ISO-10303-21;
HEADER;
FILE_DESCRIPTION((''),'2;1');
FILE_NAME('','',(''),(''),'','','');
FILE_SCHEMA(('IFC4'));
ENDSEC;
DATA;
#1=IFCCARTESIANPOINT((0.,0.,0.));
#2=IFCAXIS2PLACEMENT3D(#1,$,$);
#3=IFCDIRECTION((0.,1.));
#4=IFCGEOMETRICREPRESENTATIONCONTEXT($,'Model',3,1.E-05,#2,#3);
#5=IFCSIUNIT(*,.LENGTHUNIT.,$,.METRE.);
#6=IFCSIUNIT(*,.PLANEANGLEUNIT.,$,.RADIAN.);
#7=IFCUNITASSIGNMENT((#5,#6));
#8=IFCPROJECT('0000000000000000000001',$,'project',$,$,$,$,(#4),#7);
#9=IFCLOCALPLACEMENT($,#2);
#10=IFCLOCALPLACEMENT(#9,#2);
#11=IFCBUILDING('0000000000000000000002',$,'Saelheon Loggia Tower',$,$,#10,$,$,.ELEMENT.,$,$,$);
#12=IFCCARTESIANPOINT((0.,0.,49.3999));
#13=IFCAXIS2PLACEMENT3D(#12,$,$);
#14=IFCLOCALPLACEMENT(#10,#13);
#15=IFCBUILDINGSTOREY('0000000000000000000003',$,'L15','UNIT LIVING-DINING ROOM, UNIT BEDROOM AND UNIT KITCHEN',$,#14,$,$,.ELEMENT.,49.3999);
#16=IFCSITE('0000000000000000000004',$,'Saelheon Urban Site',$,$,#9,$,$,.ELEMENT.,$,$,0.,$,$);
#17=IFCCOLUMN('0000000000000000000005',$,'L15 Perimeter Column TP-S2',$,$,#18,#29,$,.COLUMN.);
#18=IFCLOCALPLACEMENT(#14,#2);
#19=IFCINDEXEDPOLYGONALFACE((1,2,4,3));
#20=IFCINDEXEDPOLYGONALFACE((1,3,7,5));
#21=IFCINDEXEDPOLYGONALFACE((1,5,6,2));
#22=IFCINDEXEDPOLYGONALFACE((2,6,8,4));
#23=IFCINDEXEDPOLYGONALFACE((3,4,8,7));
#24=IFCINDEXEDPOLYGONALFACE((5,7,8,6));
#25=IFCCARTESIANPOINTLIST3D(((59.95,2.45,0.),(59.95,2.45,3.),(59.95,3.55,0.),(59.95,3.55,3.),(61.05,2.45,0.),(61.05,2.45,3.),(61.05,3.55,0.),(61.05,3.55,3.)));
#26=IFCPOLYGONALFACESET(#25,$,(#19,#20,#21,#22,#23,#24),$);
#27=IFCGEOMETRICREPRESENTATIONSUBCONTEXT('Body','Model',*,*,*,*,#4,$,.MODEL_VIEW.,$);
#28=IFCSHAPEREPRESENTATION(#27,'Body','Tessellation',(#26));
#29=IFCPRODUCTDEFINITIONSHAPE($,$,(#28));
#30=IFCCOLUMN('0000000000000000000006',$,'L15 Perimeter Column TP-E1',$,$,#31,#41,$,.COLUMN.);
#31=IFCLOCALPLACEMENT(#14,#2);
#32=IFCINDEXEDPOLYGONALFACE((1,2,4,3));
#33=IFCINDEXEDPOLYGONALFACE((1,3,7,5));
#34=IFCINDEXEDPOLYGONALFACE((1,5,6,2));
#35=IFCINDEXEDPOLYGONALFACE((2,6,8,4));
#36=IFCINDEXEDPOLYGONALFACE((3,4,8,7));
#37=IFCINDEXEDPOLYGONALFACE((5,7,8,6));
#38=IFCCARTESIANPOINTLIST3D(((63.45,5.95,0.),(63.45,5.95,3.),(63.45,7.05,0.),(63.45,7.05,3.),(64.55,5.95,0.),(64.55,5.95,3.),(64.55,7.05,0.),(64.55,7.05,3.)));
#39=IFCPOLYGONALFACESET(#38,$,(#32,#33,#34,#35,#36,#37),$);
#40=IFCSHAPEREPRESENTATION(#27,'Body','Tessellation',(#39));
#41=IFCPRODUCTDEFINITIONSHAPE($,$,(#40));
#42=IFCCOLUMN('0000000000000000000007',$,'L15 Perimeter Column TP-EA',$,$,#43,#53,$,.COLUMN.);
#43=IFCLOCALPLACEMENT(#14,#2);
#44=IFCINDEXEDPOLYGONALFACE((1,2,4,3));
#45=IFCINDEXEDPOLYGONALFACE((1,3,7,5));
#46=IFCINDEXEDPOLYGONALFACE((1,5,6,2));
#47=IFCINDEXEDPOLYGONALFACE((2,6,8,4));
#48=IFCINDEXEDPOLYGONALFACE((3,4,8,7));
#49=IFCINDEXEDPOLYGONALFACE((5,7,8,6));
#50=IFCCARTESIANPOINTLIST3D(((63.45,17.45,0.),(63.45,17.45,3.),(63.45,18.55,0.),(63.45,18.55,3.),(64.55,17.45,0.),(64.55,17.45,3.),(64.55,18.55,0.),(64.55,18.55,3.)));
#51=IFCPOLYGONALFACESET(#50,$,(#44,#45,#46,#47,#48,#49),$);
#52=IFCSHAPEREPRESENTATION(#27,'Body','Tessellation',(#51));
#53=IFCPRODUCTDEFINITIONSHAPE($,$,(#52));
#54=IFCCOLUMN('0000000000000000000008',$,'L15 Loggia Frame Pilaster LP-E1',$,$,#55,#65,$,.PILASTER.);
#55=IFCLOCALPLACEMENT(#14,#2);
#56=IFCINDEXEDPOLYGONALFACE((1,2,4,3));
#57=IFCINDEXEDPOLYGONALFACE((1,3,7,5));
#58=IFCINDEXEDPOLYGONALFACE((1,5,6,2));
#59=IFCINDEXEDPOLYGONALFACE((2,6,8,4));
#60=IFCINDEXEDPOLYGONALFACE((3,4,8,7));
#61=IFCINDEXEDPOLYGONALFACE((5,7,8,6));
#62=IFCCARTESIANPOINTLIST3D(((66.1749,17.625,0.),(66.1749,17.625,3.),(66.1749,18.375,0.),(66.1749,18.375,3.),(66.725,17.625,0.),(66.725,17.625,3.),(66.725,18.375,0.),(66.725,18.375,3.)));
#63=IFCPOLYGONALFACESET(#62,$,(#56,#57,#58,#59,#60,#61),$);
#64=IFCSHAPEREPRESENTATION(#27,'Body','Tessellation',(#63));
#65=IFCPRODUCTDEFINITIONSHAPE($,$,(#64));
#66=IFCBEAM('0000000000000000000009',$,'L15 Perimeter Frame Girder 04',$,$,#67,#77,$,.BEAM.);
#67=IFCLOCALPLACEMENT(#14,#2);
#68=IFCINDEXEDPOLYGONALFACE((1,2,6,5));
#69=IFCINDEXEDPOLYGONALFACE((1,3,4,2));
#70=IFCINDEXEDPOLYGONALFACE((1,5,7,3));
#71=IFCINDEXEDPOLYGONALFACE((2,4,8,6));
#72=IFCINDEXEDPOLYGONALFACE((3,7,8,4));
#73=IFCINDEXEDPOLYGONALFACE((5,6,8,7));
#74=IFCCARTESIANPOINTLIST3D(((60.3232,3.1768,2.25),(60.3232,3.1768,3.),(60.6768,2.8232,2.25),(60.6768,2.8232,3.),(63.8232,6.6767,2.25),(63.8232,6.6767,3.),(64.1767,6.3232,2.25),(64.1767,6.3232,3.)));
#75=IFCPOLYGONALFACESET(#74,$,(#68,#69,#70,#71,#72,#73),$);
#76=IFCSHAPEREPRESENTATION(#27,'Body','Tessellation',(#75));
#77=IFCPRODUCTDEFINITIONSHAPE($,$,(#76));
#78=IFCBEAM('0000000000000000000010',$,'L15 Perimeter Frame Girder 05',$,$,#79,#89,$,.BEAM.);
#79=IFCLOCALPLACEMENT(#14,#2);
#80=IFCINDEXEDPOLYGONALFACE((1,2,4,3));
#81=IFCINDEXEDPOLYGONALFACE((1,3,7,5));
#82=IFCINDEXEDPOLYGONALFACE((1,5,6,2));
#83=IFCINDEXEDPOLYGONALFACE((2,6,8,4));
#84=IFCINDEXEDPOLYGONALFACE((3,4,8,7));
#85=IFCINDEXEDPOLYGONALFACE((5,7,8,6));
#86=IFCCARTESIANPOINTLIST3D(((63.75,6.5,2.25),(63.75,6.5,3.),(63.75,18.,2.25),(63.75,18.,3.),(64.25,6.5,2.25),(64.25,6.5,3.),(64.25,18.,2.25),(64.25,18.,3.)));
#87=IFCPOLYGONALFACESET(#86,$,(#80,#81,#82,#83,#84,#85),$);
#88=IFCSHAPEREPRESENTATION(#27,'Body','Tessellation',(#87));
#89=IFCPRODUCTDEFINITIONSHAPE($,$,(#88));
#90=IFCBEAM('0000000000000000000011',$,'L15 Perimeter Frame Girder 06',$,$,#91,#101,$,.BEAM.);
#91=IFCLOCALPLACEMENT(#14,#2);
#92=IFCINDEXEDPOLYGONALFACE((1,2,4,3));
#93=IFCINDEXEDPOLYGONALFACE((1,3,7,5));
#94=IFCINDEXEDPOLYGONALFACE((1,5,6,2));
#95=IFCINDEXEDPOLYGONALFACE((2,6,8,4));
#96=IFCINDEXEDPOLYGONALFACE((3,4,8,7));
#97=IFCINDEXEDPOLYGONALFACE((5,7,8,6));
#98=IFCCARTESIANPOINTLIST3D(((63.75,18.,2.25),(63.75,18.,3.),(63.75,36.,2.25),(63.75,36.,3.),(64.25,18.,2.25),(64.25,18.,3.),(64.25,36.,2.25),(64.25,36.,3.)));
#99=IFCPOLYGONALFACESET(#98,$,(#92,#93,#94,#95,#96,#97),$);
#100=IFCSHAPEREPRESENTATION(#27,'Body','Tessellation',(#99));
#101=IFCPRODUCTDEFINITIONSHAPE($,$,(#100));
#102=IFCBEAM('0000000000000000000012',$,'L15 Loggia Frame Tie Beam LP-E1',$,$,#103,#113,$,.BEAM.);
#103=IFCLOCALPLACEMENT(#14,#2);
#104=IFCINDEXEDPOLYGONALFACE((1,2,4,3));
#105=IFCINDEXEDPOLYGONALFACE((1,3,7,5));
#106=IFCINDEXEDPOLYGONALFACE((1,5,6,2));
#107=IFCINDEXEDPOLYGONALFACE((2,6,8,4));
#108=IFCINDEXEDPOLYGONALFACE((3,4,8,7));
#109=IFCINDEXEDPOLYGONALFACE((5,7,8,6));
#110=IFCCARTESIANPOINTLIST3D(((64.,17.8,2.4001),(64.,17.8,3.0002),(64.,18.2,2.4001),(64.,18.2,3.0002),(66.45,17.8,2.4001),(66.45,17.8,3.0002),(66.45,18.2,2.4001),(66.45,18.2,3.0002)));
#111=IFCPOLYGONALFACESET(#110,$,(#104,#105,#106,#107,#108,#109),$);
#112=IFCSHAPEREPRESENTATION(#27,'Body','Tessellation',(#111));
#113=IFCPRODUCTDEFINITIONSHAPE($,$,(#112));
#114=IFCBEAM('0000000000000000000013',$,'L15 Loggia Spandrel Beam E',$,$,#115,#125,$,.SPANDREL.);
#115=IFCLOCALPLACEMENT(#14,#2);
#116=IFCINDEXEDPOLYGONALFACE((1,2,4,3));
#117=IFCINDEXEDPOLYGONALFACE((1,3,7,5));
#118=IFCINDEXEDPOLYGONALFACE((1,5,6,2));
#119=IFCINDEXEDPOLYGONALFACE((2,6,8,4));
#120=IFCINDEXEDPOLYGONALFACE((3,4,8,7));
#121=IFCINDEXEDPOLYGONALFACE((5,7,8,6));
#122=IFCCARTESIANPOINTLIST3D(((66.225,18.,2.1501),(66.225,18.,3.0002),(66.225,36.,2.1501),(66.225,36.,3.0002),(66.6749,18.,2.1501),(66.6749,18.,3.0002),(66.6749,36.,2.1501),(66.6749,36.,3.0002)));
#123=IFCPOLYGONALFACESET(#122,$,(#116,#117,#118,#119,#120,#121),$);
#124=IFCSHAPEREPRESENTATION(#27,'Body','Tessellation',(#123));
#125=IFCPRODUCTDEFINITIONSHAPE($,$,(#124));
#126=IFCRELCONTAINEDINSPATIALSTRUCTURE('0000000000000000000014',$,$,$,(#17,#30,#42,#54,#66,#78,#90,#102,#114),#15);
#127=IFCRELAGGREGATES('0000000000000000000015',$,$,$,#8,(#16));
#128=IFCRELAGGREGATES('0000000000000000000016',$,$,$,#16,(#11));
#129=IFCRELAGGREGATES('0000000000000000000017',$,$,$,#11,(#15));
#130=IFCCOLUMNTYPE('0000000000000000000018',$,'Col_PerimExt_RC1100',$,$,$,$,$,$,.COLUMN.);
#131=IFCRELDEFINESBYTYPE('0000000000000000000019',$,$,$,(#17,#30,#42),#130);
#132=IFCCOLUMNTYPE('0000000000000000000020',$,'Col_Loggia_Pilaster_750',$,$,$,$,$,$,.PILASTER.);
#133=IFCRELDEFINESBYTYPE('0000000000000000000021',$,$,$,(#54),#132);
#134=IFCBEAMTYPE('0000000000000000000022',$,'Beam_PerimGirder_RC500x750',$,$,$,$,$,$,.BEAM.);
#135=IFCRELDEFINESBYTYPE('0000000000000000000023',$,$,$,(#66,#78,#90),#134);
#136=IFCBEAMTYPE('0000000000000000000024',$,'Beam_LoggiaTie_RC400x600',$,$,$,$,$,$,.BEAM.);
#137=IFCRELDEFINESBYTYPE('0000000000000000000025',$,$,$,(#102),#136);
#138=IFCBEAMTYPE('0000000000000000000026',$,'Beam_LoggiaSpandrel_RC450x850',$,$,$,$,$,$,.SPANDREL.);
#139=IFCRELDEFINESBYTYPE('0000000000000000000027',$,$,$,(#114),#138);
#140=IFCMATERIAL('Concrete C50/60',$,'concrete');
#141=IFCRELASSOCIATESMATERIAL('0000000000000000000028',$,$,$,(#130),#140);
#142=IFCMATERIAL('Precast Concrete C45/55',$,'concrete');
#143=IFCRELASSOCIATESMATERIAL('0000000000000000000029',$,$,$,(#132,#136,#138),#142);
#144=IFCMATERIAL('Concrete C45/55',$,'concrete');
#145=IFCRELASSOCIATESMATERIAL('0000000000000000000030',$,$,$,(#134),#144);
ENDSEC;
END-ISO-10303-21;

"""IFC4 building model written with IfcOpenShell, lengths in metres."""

from ifc_helpers import new_model, si_unit, direction, frame, origin, origin_2d, place, context, subcontext, project, spatial, rectangle, extrude, source, transform, mapped, material, material_profile, profile_set, type_object, element, save


model = new_model("IFC4")

# Units and contexts
model_context = context("Model", 3, precision=1e-05, world=origin(), true_north=direction((0.0, 1.0)))
body_context = subcontext(model_context, "Body", "Model", "MODEL_VIEW")
ifc_project = project(units=[si_unit("LENGTHUNIT", "METRE"), si_unit("PLANEANGLEUNIT", "RADIAN")], contexts=[model_context])

# Site, building, storey
site_placement = place(None, origin())
site = spatial("IfcSite", under=ifc_project, at=site_placement, Name="Saelheon Urban Site", CompositionType="ELEMENT", RefElevation=0.0)
building_placement = place(site_placement, origin())
building = spatial("IfcBuilding", under=site, at=building_placement, Name="Saelheon Loggia Tower", CompositionType="ELEMENT")
storey_placement = place(building_placement, frame((0.0, 0.0, 49.3999)))
storey = spatial("IfcBuildingStorey", under=building, at=storey_placement, Name="L15", Description="UNIT LIVING-DINING ROOM, UNIT BEDROOM AND UNIT KITCHEN", CompositionType="ELEMENT", Elevation=49.3999)

# Columns
ifc_material_1 = material(Name="Concrete C50/60", Category="concrete")
ifc_material_profile_1 = material_profile(ifc_material_1, rectangle(XDim=1.1001, YDim=1.1001, at=origin_2d()), Name="RC-1100x1100")
ifc_profile_set_1 = profile_set([ifc_material_profile_1], Name="Concrete C50/60")
column_type_1 = type_object("IfcColumnType", Name="Col_PerimExt_RC1100", PredefinedType="COLUMN", material=ifc_profile_set_1)
shared_shape_1 = source(origin(), body_context, "Body", "SweptSolid", [
    extrude(rectangle(XDim=1.1001, YDim=1.1001, at=origin_2d()), origin(), (0.0, 0.0, 1.0), 3.0),
])
for number, where, z_axis, x_axis, name in (
    (1, (60.5, 3.0, 0.0), (0.0, 0.0, 1.0), (1.0, 0.0, 0.0), "L15 Perimeter Column TP-S2"),
    (2, (64.0, 6.5, 0.0), (0.0, 0.0, 1.0), (1.0, 0.0, 0.0), "L15 Perimeter Column TP-E1"),
    (3, (64.0, 18.0, 0.0), (0.0, 0.0, 1.0), (1.0, 0.0, 0.0), "L15 Perimeter Column TP-EA"),
):
    element("IfcColumn", number, at=place(storey_placement, frame(where, z_axis=z_axis, x_axis=x_axis)), inside=storey, type_object=column_type_1, Name=name, PredefinedType="COLUMN", context=body_context, shape_type="MappedRepresentation", body=[
        mapped(shared_shape_1, transform((0.0, 0.0, 0.0), scale=1.0)),
    ])
ifc_material_2 = material(Name="Precast Concrete C45/55", Category="concrete")
ifc_material_profile_2 = material_profile(ifc_material_2, rectangle(XDim=0.55, YDim=0.75, at=origin_2d()), Name="RC-550x750")
ifc_profile_set_2 = profile_set([ifc_material_profile_2], Name="Precast Concrete C45/55")
column_type_2 = type_object("IfcColumnType", Name="Col_Loggia_Pilaster_750", PredefinedType="PILASTER", material=ifc_profile_set_2)
shared_shape_2 = source(origin(), body_context, "Body", "SweptSolid", [
    extrude(rectangle(XDim=0.55, YDim=0.75, at=origin_2d()), origin(), (0.0, 0.0, 1.0), 3.0),
])
column_placement = place(storey_placement, frame((66.45, 18.0, 0.0), z_axis=(0.0, 0.0, 1.0), x_axis=(1.0, 0.0, 0.0)))
element("IfcColumn", 4, at=column_placement, inside=storey, type_object=column_type_2, Name="L15 Loggia Frame Pilaster LP-E1", PredefinedType="PILASTER", context=body_context, shape_type="MappedRepresentation", body=[
    mapped(shared_shape_2, transform((0.0, 0.0, 0.0), scale=1.0)),
])

# Beams
ifc_material_3 = material(Name="Concrete C45/55", Category="concrete")
ifc_material_profile_3 = material_profile(ifc_material_3, rectangle(XDim=0.5, YDim=0.75, at=origin_2d()), Name="RC-500x750")
ifc_profile_set_3 = profile_set([ifc_material_profile_3], Name="Concrete C45/55")
beam_type_1 = type_object("IfcBeamType", Name="Beam_PerimGirder_RC500x750", PredefinedType="BEAM", material=ifc_profile_set_3)
shared_shape_3 = source(origin(), body_context, "Body", "SweptSolid", [
    extrude(rectangle(XDim=0.5, YDim=0.75, at=origin_2d()), origin(), (0.0, 0.0, 1.0), 4.9497),
])
beam_1_placement = place(storey_placement, frame((60.5, 3.0, 2.625), z_axis=(0.707107, 0.707107, 0.0), x_axis=(-0.707107, 0.707107, 0.0)))
element("IfcBeam", 5, at=beam_1_placement, inside=storey, type_object=beam_type_1, Name="L15 Perimeter Frame Girder 04", PredefinedType="BEAM", context=body_context, shape_type="MappedRepresentation", body=[
    mapped(shared_shape_3, transform((0.0, 0.0, 0.0), scale=1.0)),
])
shared_shape_4 = source(origin(), body_context, "Body", "SweptSolid", [
    extrude(rectangle(XDim=0.5, YDim=0.75, at=origin_2d()), origin(), (0.0, 0.0, 1.0), 11.5),
])
beam_2_placement = place(storey_placement, frame((64.0, 6.5, 2.625), z_axis=(0.0, 1.0, 0.0), x_axis=(-1.0, 0.0, 0.0)))
element("IfcBeam", 6, at=beam_2_placement, inside=storey, type_object=beam_type_1, Name="L15 Perimeter Frame Girder 05", PredefinedType="BEAM", context=body_context, shape_type="MappedRepresentation", body=[
    mapped(shared_shape_4, transform((0.0, 0.0, 0.0), scale=1.0)),
])
shared_shape_5 = source(origin(), body_context, "Body", "SweptSolid", [
    extrude(rectangle(XDim=0.5, YDim=0.75, at=origin_2d()), origin(), (0.0, 0.0, 1.0), 18.0),
])
beam_3_placement = place(storey_placement, frame((64.0, 18.0, 2.625), z_axis=(0.0, 1.0, 0.0), x_axis=(-1.0, 0.0, 0.0)))
element("IfcBeam", 7, at=beam_3_placement, inside=storey, type_object=beam_type_1, Name="L15 Perimeter Frame Girder 06", PredefinedType="BEAM", context=body_context, shape_type="MappedRepresentation", body=[
    mapped(shared_shape_5, transform((0.0, 0.0, 0.0), scale=1.0)),
])
ifc_material_profile_4 = material_profile(ifc_material_2, rectangle(XDim=0.3999, YDim=0.6001, at=origin_2d()), Name="RC-400x600")
ifc_profile_set_4 = profile_set([ifc_material_profile_4], Name="Precast Concrete C45/55")
beam_type_2 = type_object("IfcBeamType", Name="Beam_LoggiaTie_RC400x600", PredefinedType="BEAM", material=ifc_profile_set_4)
shared_shape_6 = source(origin(), body_context, "Body", "SweptSolid", [
    extrude(rectangle(XDim=0.3999, YDim=0.6001, at=origin_2d()), origin(), (0.0, 0.0, 1.0), 2.45),
])
beam_4_placement = place(storey_placement, frame((64.0, 18.0, 2.7002), z_axis=(1.0, 0.0, 0.0), x_axis=(0.0, 1.0, 0.0)))
element("IfcBeam", 8, at=beam_4_placement, inside=storey, type_object=beam_type_2, Name="L15 Loggia Frame Tie Beam LP-E1", PredefinedType="BEAM", context=body_context, shape_type="MappedRepresentation", body=[
    mapped(shared_shape_6, transform((0.0, 0.0, 0.0), scale=1.0)),
])
ifc_material_profile_5 = material_profile(ifc_material_2, rectangle(XDim=0.45, YDim=0.8501, at=origin_2d()), Name="RC-450x850")
ifc_profile_set_5 = profile_set([ifc_material_profile_5], Name="Precast Concrete C45/55")
beam_type_3 = type_object("IfcBeamType", Name="Beam_LoggiaSpandrel_RC450x850", PredefinedType="SPANDREL", material=ifc_profile_set_5)
shared_shape_7 = source(origin(), body_context, "Body", "SweptSolid", [
    extrude(rectangle(XDim=0.45, YDim=0.8501, at=origin_2d()), origin(), (0.0, 0.0, 1.0), 18.0),
])
beam_5_placement = place(storey_placement, frame((66.45, 18.0, 2.5752), z_axis=(0.0, 1.0, 0.0), x_axis=(-1.0, 0.0, 0.0)))
element("IfcBeam", 9, at=beam_5_placement, inside=storey, type_object=beam_type_3, Name="L15 Loggia Spandrel Beam E", PredefinedType="SPANDREL", context=body_context, shape_type="MappedRepresentation", body=[
    mapped(shared_shape_7, transform((0.0, 0.0, 0.0), scale=1.0)),
])

save(model, "model.ifc")
